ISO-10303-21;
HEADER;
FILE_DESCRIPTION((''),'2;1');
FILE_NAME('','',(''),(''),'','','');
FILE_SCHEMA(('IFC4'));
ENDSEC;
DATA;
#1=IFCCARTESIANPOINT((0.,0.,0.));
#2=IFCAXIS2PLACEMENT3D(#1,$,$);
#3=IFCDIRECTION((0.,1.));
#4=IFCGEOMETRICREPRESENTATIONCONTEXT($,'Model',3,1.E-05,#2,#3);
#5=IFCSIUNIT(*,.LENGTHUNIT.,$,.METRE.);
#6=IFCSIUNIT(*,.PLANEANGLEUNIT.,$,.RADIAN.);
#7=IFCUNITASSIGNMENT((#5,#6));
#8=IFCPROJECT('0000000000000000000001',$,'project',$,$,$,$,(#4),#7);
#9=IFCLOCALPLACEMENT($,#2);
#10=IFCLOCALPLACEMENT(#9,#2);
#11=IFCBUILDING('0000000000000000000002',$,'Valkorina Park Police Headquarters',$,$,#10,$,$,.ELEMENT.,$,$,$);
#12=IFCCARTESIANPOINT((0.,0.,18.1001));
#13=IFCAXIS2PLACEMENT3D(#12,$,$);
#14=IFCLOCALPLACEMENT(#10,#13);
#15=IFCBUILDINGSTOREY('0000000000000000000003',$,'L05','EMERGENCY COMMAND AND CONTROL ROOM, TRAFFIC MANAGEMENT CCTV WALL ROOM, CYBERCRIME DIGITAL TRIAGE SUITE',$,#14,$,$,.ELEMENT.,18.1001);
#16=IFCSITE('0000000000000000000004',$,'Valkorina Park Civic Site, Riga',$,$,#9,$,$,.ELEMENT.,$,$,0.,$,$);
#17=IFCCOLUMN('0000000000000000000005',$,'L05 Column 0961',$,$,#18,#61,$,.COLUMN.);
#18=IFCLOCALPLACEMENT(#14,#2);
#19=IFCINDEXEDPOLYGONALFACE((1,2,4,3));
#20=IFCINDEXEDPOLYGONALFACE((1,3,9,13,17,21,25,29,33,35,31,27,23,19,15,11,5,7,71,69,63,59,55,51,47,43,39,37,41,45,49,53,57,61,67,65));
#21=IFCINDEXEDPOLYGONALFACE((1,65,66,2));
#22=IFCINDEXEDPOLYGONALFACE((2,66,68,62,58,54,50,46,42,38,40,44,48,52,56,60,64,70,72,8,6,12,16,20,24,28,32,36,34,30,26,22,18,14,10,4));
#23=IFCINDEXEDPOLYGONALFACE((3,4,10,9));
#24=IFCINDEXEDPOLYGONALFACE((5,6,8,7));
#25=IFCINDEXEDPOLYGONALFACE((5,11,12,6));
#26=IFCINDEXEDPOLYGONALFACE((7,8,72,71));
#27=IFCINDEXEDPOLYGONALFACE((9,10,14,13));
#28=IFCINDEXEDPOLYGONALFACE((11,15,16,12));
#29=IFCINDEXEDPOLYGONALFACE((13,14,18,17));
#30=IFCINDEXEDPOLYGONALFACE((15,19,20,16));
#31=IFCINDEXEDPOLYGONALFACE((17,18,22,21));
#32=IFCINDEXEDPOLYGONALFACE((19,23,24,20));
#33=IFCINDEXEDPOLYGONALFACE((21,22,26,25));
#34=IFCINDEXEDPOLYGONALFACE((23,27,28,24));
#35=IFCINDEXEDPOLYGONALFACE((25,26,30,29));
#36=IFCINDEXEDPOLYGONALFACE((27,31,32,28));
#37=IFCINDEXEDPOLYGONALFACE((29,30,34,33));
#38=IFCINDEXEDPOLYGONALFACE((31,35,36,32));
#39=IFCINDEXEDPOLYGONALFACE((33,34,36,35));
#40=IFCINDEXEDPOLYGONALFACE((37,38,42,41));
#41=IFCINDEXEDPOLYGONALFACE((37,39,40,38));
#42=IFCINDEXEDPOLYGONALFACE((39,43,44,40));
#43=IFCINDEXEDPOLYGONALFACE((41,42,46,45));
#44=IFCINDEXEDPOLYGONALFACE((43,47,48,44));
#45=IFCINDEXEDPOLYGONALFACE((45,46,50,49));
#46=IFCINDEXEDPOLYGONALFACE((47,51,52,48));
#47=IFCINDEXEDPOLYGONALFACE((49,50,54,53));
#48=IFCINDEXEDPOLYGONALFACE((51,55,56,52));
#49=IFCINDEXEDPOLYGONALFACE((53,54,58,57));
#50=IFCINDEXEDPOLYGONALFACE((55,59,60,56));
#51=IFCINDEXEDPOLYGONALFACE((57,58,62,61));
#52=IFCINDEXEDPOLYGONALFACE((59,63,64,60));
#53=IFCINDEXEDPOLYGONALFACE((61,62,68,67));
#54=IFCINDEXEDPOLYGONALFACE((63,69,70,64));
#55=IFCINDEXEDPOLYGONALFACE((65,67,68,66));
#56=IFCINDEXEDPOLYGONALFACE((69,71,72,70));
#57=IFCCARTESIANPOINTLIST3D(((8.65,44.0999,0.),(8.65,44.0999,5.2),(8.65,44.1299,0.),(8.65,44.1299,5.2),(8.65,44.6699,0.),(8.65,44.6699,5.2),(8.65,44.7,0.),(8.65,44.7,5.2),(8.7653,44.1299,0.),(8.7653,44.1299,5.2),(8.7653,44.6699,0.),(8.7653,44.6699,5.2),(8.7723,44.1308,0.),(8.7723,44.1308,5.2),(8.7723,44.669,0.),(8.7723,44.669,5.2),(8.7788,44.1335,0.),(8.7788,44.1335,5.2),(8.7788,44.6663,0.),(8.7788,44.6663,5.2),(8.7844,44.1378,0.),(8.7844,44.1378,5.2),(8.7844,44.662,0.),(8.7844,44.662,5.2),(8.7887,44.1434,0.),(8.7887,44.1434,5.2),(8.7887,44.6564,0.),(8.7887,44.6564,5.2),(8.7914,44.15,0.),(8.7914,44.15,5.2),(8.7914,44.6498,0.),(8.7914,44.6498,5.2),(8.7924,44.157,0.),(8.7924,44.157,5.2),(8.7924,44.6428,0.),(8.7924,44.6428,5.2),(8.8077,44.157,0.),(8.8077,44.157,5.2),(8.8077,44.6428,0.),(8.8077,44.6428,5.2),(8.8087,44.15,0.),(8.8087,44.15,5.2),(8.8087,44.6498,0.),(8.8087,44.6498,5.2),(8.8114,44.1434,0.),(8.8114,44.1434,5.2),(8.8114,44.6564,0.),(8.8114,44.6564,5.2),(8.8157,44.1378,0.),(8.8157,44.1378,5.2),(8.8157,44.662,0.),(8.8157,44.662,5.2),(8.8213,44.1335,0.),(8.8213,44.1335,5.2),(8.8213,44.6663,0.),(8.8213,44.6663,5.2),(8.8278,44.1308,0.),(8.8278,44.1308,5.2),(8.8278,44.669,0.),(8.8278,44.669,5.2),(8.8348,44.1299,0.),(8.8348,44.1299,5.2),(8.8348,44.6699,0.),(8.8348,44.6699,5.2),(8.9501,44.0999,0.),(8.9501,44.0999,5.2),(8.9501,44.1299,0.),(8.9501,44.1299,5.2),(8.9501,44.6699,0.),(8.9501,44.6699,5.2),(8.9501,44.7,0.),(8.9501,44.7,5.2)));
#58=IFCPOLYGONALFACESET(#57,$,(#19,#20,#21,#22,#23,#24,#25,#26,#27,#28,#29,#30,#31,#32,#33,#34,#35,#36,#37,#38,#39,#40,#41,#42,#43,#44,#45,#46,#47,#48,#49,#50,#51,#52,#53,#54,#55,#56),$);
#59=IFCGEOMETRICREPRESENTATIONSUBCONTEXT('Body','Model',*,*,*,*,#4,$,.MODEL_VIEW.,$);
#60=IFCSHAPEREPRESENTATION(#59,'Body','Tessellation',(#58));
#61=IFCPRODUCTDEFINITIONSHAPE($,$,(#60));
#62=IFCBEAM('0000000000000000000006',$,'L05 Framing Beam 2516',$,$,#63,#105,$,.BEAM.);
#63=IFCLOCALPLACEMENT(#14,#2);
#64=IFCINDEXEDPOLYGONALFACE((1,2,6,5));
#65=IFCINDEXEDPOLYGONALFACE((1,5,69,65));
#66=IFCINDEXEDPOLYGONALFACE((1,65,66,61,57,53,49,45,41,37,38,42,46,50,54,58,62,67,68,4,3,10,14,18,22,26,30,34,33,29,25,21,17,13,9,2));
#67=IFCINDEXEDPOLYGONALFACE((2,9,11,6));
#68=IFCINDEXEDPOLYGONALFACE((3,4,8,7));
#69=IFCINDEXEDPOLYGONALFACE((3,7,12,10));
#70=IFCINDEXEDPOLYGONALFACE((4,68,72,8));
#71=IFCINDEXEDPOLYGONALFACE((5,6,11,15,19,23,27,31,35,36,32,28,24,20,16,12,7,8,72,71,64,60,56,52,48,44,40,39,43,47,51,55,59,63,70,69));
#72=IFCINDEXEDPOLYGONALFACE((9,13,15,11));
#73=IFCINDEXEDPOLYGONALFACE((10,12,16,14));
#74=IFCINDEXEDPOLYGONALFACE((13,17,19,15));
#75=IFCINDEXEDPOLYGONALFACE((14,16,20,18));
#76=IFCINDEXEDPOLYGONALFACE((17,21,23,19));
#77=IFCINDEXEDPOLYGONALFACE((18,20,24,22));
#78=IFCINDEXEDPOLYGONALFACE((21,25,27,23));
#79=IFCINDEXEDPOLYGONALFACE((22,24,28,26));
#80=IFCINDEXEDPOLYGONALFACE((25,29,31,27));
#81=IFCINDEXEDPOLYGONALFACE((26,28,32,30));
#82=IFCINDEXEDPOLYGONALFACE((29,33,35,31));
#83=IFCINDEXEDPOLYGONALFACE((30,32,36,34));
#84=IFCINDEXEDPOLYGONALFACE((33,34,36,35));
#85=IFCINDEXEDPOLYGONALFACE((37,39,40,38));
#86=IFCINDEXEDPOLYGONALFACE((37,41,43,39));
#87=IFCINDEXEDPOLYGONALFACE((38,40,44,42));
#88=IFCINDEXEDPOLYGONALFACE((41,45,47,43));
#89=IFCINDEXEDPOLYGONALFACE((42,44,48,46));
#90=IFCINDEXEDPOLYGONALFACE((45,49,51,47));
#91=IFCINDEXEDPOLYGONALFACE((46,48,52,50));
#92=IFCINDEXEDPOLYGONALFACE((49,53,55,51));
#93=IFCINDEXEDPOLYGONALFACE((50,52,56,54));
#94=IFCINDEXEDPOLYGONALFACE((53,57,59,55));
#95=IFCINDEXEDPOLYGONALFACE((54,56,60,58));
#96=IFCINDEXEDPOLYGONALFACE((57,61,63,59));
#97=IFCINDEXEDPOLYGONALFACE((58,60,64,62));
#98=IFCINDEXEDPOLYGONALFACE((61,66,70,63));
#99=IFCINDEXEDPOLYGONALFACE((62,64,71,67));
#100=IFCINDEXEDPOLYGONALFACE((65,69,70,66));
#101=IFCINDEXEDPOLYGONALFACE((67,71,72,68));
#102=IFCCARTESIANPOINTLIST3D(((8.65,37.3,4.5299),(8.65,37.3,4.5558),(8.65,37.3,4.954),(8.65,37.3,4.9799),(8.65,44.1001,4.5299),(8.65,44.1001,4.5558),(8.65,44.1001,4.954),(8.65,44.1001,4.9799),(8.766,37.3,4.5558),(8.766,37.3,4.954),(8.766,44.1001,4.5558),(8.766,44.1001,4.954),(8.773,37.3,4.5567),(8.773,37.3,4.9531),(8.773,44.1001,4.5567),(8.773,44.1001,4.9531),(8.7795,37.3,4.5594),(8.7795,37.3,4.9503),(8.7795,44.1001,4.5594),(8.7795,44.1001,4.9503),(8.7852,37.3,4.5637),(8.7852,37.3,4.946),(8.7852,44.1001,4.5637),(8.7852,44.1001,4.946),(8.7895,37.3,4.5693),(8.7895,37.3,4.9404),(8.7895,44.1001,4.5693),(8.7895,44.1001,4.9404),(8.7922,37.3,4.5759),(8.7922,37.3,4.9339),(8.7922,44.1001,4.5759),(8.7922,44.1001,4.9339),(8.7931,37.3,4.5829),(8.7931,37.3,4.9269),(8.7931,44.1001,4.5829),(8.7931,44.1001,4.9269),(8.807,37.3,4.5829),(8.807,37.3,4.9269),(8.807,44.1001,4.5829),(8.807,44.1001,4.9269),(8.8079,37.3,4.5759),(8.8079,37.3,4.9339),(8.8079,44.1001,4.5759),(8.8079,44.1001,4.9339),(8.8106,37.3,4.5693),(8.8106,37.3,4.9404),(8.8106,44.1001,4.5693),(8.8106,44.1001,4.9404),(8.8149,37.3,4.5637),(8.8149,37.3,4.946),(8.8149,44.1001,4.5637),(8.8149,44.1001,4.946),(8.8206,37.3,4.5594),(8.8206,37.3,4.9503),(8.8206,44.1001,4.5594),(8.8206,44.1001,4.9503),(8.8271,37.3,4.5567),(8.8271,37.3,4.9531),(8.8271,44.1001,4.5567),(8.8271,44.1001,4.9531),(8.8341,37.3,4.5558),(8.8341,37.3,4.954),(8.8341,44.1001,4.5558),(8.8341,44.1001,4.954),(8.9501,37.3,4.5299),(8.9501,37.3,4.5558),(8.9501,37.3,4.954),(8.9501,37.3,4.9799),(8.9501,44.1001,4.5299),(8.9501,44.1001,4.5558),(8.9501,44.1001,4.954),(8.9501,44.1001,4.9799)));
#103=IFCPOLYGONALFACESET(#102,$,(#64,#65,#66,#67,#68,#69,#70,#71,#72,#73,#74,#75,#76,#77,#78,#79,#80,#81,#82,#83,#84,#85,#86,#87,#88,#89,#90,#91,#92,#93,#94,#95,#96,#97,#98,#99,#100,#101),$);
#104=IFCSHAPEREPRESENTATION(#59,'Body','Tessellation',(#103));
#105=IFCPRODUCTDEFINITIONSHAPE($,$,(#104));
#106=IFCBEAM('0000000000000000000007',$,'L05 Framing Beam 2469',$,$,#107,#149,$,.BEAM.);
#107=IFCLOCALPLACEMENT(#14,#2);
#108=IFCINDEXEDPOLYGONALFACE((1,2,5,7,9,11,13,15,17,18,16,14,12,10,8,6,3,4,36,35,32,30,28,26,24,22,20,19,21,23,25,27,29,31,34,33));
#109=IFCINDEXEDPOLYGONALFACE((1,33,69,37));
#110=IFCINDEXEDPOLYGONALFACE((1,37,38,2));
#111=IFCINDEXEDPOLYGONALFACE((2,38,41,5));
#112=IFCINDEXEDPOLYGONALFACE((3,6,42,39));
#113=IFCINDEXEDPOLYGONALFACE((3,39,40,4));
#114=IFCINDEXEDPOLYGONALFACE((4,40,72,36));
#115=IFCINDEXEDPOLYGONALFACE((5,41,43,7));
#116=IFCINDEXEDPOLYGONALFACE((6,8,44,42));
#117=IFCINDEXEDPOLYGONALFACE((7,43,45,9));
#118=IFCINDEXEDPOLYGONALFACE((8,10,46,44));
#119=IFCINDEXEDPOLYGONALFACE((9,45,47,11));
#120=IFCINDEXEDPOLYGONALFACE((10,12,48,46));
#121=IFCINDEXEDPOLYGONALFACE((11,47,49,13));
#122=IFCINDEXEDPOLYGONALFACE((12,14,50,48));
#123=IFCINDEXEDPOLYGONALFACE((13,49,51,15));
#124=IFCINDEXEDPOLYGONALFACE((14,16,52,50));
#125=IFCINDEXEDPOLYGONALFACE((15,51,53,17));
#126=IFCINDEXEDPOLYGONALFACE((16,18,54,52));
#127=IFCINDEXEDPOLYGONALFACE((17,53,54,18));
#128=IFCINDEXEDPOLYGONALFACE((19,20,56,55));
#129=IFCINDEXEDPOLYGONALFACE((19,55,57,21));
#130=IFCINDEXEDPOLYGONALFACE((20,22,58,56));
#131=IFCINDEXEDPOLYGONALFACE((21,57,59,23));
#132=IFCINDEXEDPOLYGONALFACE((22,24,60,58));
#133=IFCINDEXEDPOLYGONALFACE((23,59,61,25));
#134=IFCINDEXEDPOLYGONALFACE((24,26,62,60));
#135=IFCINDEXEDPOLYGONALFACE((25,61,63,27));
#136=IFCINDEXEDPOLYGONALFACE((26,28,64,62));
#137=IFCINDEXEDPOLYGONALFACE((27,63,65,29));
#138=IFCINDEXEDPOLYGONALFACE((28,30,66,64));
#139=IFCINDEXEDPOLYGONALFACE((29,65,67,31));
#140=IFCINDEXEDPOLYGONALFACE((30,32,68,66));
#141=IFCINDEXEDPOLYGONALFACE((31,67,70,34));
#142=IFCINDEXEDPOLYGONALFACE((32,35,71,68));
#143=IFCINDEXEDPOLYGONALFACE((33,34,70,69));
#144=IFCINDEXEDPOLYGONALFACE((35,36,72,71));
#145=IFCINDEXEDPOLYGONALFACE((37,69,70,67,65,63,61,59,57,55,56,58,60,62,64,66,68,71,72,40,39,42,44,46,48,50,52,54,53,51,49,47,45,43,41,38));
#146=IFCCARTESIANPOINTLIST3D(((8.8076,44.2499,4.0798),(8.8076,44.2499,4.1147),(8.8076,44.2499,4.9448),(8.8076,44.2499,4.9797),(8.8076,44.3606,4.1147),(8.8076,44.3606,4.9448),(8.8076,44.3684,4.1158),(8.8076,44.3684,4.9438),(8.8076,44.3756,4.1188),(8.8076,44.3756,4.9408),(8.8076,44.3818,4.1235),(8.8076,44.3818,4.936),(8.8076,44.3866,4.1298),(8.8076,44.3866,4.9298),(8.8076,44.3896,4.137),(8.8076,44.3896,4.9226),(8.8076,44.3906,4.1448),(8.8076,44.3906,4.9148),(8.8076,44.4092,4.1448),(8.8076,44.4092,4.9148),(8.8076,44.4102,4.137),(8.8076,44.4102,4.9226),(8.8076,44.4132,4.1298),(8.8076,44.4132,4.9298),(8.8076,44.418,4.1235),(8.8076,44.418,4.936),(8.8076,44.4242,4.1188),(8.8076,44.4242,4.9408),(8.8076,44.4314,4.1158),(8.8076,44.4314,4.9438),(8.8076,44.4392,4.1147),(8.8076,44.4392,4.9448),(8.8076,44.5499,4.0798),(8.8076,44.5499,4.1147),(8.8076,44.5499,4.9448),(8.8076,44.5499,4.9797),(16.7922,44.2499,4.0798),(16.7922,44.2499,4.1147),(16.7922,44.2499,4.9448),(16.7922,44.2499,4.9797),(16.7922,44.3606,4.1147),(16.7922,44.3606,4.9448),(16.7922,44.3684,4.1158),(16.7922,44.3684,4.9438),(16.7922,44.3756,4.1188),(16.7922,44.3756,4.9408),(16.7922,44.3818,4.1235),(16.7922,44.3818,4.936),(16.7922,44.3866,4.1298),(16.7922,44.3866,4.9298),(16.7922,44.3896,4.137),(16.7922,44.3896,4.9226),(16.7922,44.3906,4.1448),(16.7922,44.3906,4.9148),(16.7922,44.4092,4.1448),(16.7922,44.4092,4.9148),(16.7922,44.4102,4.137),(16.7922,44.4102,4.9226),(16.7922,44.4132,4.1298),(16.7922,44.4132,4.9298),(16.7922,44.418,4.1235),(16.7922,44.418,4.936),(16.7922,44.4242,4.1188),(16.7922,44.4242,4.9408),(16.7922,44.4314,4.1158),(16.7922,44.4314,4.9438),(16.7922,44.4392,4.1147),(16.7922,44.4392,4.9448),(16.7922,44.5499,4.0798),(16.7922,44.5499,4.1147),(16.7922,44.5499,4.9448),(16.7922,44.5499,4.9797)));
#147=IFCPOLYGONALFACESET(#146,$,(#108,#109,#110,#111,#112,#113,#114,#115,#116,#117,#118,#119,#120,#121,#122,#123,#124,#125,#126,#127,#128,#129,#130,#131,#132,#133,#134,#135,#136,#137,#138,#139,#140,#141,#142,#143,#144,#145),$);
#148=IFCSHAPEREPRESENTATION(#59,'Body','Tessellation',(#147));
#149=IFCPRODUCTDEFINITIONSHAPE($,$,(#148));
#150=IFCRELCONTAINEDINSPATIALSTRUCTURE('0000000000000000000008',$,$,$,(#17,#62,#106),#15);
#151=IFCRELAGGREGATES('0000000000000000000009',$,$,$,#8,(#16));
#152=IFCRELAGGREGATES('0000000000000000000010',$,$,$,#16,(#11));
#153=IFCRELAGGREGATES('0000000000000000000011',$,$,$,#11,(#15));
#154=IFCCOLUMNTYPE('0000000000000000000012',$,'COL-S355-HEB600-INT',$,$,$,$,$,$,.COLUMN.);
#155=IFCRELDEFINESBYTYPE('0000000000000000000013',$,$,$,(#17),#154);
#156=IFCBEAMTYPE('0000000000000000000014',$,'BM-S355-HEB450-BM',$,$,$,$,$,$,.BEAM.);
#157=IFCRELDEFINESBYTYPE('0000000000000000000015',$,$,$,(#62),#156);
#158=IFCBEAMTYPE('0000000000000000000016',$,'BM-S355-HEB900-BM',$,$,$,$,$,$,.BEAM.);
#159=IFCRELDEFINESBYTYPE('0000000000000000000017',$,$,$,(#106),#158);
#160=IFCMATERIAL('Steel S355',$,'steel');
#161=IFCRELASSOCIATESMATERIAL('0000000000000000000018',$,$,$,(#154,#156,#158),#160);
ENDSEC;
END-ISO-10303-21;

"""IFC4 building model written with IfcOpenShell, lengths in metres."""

from ifc_helpers import new_model, si_unit, direction, frame, origin, origin_2d, place, context, subcontext, project, spatial, i_section, extrude, material, material_profile, profile_set, type_object, element, save


model = new_model("IFC4")

# Units and contexts
model_context = context("Model", 3, precision=1e-05, world=origin(), true_north=direction((0.0, 1.0)))
body_context = subcontext(model_context, "Body", "Model", "MODEL_VIEW")
ifc_project = project(units=[si_unit("LENGTHUNIT", "METRE"), si_unit("PLANEANGLEUNIT", "RADIAN")], contexts=[model_context])

# Site, building, storey
site_placement = place(None, origin())
site = spatial("IfcSite", under=ifc_project, at=site_placement, Name="Valkorina Park Civic Site, Riga", CompositionType="ELEMENT", RefElevation=0.0)
building_placement = place(site_placement, origin())
building = spatial("IfcBuilding", under=site, at=building_placement, Name="Valkorina Park Police Headquarters", CompositionType="ELEMENT")
storey_placement = place(building_placement, frame((0.0, 0.0, 18.1001)))
storey = spatial("IfcBuildingStorey", under=building, at=storey_placement, Name="L05", Description="EMERGENCY COMMAND AND CONTROL ROOM, TRAFFIC MANAGEMENT CCTV WALL ROOM, CYBERCRIME DIGITAL TRIAGE SUITE", CompositionType="ELEMENT", Elevation=18.1001)

# Column
ifc_material_1 = material(Name="Steel S355", Category="steel")
ifc_material_profile_1 = material_profile(ifc_material_1, i_section(OverallWidth=0.3, OverallDepth=0.6001, WebThickness=0.0154, FlangeThickness=0.03, FilletRadius=0.0271, at=origin_2d()), Name="HEB 600")
ifc_profile_set_1 = profile_set([ifc_material_profile_1], Name="Steel S355")
column_type = type_object("IfcColumnType", Name="COL-S355-HEB600-INT", PredefinedType="COLUMN", material=ifc_profile_set_1)
column_placement = place(storey_placement, frame((8.8, 44.3999, 0.0), z_axis=(0.0, 0.0, 1.0), x_axis=(1.0, 0.0, 0.0)))
element("IfcColumn", 1, at=column_placement, inside=storey, type_object=column_type, Name="L05 Column 0961", PredefinedType="COLUMN", context=body_context, shape_type="SweptSolid", body=[
    extrude(i_section(OverallWidth=0.3, OverallDepth=0.6001, WebThickness=0.0154, FlangeThickness=0.03, FilletRadius=0.0271, at=origin_2d()), origin(), (0.0, 0.0, 1.0), 5.2),
])

# Beams
ifc_material_profile_2 = material_profile(ifc_material_1, i_section(OverallWidth=0.3, OverallDepth=0.45, WebThickness=0.0139, FlangeThickness=0.0259, FilletRadius=0.0271, at=origin_2d()), Name="HEB 450")
ifc_profile_set_2 = profile_set([ifc_material_profile_2], Name="Steel S355")
beam_type_1 = type_object("IfcBeamType", Name="BM-S355-HEB450-BM", PredefinedType="BEAM", material=ifc_profile_set_2)
beam_1_placement = place(storey_placement, frame((8.8, 37.3, 4.7549), z_axis=(0.0, 1.0, 0.0), x_axis=(-1.0, 0.0, 0.0)))
element("IfcBeam", 2, at=beam_1_placement, inside=storey, type_object=beam_type_1, Name="L05 Framing Beam 2516", PredefinedType="BEAM", context=body_context, shape_type="SweptSolid", body=[
    extrude(i_section(OverallWidth=0.3, OverallDepth=0.45, WebThickness=0.0139, FlangeThickness=0.0259, FilletRadius=0.0271, at=origin_2d()), origin(), (0.0, 0.0, 1.0), 6.8),
])
ifc_material_profile_3 = material_profile(ifc_material_1, i_section(OverallWidth=0.3, OverallDepth=0.8999, WebThickness=0.0186, FlangeThickness=0.0349, FilletRadius=0.03, at=origin_2d()), Name="HEB 900")
ifc_profile_set_3 = profile_set([ifc_material_profile_3], Name="Steel S355")
beam_type_2 = type_object("IfcBeamType", Name="BM-S355-HEB900-BM", PredefinedType="BEAM", material=ifc_profile_set_3)
beam_2_placement = place(storey_placement, frame((8.8076, 44.3999, 4.5298), z_axis=(1.0, 0.0, 0.0), x_axis=(0.0, 1.0, 0.0)))
element("IfcBeam", 3, at=beam_2_placement, inside=storey, type_object=beam_type_2, Name="L05 Framing Beam 2469", PredefinedType="BEAM", context=body_context, shape_type="SweptSolid", body=[
    extrude(i_section(OverallWidth=0.3, OverallDepth=0.8999, WebThickness=0.0186, FlangeThickness=0.0349, FilletRadius=0.03, at=origin_2d()), origin(), (0.0, 0.0, 1.0), 7.9846),
])

save(model, "model.ifc")
